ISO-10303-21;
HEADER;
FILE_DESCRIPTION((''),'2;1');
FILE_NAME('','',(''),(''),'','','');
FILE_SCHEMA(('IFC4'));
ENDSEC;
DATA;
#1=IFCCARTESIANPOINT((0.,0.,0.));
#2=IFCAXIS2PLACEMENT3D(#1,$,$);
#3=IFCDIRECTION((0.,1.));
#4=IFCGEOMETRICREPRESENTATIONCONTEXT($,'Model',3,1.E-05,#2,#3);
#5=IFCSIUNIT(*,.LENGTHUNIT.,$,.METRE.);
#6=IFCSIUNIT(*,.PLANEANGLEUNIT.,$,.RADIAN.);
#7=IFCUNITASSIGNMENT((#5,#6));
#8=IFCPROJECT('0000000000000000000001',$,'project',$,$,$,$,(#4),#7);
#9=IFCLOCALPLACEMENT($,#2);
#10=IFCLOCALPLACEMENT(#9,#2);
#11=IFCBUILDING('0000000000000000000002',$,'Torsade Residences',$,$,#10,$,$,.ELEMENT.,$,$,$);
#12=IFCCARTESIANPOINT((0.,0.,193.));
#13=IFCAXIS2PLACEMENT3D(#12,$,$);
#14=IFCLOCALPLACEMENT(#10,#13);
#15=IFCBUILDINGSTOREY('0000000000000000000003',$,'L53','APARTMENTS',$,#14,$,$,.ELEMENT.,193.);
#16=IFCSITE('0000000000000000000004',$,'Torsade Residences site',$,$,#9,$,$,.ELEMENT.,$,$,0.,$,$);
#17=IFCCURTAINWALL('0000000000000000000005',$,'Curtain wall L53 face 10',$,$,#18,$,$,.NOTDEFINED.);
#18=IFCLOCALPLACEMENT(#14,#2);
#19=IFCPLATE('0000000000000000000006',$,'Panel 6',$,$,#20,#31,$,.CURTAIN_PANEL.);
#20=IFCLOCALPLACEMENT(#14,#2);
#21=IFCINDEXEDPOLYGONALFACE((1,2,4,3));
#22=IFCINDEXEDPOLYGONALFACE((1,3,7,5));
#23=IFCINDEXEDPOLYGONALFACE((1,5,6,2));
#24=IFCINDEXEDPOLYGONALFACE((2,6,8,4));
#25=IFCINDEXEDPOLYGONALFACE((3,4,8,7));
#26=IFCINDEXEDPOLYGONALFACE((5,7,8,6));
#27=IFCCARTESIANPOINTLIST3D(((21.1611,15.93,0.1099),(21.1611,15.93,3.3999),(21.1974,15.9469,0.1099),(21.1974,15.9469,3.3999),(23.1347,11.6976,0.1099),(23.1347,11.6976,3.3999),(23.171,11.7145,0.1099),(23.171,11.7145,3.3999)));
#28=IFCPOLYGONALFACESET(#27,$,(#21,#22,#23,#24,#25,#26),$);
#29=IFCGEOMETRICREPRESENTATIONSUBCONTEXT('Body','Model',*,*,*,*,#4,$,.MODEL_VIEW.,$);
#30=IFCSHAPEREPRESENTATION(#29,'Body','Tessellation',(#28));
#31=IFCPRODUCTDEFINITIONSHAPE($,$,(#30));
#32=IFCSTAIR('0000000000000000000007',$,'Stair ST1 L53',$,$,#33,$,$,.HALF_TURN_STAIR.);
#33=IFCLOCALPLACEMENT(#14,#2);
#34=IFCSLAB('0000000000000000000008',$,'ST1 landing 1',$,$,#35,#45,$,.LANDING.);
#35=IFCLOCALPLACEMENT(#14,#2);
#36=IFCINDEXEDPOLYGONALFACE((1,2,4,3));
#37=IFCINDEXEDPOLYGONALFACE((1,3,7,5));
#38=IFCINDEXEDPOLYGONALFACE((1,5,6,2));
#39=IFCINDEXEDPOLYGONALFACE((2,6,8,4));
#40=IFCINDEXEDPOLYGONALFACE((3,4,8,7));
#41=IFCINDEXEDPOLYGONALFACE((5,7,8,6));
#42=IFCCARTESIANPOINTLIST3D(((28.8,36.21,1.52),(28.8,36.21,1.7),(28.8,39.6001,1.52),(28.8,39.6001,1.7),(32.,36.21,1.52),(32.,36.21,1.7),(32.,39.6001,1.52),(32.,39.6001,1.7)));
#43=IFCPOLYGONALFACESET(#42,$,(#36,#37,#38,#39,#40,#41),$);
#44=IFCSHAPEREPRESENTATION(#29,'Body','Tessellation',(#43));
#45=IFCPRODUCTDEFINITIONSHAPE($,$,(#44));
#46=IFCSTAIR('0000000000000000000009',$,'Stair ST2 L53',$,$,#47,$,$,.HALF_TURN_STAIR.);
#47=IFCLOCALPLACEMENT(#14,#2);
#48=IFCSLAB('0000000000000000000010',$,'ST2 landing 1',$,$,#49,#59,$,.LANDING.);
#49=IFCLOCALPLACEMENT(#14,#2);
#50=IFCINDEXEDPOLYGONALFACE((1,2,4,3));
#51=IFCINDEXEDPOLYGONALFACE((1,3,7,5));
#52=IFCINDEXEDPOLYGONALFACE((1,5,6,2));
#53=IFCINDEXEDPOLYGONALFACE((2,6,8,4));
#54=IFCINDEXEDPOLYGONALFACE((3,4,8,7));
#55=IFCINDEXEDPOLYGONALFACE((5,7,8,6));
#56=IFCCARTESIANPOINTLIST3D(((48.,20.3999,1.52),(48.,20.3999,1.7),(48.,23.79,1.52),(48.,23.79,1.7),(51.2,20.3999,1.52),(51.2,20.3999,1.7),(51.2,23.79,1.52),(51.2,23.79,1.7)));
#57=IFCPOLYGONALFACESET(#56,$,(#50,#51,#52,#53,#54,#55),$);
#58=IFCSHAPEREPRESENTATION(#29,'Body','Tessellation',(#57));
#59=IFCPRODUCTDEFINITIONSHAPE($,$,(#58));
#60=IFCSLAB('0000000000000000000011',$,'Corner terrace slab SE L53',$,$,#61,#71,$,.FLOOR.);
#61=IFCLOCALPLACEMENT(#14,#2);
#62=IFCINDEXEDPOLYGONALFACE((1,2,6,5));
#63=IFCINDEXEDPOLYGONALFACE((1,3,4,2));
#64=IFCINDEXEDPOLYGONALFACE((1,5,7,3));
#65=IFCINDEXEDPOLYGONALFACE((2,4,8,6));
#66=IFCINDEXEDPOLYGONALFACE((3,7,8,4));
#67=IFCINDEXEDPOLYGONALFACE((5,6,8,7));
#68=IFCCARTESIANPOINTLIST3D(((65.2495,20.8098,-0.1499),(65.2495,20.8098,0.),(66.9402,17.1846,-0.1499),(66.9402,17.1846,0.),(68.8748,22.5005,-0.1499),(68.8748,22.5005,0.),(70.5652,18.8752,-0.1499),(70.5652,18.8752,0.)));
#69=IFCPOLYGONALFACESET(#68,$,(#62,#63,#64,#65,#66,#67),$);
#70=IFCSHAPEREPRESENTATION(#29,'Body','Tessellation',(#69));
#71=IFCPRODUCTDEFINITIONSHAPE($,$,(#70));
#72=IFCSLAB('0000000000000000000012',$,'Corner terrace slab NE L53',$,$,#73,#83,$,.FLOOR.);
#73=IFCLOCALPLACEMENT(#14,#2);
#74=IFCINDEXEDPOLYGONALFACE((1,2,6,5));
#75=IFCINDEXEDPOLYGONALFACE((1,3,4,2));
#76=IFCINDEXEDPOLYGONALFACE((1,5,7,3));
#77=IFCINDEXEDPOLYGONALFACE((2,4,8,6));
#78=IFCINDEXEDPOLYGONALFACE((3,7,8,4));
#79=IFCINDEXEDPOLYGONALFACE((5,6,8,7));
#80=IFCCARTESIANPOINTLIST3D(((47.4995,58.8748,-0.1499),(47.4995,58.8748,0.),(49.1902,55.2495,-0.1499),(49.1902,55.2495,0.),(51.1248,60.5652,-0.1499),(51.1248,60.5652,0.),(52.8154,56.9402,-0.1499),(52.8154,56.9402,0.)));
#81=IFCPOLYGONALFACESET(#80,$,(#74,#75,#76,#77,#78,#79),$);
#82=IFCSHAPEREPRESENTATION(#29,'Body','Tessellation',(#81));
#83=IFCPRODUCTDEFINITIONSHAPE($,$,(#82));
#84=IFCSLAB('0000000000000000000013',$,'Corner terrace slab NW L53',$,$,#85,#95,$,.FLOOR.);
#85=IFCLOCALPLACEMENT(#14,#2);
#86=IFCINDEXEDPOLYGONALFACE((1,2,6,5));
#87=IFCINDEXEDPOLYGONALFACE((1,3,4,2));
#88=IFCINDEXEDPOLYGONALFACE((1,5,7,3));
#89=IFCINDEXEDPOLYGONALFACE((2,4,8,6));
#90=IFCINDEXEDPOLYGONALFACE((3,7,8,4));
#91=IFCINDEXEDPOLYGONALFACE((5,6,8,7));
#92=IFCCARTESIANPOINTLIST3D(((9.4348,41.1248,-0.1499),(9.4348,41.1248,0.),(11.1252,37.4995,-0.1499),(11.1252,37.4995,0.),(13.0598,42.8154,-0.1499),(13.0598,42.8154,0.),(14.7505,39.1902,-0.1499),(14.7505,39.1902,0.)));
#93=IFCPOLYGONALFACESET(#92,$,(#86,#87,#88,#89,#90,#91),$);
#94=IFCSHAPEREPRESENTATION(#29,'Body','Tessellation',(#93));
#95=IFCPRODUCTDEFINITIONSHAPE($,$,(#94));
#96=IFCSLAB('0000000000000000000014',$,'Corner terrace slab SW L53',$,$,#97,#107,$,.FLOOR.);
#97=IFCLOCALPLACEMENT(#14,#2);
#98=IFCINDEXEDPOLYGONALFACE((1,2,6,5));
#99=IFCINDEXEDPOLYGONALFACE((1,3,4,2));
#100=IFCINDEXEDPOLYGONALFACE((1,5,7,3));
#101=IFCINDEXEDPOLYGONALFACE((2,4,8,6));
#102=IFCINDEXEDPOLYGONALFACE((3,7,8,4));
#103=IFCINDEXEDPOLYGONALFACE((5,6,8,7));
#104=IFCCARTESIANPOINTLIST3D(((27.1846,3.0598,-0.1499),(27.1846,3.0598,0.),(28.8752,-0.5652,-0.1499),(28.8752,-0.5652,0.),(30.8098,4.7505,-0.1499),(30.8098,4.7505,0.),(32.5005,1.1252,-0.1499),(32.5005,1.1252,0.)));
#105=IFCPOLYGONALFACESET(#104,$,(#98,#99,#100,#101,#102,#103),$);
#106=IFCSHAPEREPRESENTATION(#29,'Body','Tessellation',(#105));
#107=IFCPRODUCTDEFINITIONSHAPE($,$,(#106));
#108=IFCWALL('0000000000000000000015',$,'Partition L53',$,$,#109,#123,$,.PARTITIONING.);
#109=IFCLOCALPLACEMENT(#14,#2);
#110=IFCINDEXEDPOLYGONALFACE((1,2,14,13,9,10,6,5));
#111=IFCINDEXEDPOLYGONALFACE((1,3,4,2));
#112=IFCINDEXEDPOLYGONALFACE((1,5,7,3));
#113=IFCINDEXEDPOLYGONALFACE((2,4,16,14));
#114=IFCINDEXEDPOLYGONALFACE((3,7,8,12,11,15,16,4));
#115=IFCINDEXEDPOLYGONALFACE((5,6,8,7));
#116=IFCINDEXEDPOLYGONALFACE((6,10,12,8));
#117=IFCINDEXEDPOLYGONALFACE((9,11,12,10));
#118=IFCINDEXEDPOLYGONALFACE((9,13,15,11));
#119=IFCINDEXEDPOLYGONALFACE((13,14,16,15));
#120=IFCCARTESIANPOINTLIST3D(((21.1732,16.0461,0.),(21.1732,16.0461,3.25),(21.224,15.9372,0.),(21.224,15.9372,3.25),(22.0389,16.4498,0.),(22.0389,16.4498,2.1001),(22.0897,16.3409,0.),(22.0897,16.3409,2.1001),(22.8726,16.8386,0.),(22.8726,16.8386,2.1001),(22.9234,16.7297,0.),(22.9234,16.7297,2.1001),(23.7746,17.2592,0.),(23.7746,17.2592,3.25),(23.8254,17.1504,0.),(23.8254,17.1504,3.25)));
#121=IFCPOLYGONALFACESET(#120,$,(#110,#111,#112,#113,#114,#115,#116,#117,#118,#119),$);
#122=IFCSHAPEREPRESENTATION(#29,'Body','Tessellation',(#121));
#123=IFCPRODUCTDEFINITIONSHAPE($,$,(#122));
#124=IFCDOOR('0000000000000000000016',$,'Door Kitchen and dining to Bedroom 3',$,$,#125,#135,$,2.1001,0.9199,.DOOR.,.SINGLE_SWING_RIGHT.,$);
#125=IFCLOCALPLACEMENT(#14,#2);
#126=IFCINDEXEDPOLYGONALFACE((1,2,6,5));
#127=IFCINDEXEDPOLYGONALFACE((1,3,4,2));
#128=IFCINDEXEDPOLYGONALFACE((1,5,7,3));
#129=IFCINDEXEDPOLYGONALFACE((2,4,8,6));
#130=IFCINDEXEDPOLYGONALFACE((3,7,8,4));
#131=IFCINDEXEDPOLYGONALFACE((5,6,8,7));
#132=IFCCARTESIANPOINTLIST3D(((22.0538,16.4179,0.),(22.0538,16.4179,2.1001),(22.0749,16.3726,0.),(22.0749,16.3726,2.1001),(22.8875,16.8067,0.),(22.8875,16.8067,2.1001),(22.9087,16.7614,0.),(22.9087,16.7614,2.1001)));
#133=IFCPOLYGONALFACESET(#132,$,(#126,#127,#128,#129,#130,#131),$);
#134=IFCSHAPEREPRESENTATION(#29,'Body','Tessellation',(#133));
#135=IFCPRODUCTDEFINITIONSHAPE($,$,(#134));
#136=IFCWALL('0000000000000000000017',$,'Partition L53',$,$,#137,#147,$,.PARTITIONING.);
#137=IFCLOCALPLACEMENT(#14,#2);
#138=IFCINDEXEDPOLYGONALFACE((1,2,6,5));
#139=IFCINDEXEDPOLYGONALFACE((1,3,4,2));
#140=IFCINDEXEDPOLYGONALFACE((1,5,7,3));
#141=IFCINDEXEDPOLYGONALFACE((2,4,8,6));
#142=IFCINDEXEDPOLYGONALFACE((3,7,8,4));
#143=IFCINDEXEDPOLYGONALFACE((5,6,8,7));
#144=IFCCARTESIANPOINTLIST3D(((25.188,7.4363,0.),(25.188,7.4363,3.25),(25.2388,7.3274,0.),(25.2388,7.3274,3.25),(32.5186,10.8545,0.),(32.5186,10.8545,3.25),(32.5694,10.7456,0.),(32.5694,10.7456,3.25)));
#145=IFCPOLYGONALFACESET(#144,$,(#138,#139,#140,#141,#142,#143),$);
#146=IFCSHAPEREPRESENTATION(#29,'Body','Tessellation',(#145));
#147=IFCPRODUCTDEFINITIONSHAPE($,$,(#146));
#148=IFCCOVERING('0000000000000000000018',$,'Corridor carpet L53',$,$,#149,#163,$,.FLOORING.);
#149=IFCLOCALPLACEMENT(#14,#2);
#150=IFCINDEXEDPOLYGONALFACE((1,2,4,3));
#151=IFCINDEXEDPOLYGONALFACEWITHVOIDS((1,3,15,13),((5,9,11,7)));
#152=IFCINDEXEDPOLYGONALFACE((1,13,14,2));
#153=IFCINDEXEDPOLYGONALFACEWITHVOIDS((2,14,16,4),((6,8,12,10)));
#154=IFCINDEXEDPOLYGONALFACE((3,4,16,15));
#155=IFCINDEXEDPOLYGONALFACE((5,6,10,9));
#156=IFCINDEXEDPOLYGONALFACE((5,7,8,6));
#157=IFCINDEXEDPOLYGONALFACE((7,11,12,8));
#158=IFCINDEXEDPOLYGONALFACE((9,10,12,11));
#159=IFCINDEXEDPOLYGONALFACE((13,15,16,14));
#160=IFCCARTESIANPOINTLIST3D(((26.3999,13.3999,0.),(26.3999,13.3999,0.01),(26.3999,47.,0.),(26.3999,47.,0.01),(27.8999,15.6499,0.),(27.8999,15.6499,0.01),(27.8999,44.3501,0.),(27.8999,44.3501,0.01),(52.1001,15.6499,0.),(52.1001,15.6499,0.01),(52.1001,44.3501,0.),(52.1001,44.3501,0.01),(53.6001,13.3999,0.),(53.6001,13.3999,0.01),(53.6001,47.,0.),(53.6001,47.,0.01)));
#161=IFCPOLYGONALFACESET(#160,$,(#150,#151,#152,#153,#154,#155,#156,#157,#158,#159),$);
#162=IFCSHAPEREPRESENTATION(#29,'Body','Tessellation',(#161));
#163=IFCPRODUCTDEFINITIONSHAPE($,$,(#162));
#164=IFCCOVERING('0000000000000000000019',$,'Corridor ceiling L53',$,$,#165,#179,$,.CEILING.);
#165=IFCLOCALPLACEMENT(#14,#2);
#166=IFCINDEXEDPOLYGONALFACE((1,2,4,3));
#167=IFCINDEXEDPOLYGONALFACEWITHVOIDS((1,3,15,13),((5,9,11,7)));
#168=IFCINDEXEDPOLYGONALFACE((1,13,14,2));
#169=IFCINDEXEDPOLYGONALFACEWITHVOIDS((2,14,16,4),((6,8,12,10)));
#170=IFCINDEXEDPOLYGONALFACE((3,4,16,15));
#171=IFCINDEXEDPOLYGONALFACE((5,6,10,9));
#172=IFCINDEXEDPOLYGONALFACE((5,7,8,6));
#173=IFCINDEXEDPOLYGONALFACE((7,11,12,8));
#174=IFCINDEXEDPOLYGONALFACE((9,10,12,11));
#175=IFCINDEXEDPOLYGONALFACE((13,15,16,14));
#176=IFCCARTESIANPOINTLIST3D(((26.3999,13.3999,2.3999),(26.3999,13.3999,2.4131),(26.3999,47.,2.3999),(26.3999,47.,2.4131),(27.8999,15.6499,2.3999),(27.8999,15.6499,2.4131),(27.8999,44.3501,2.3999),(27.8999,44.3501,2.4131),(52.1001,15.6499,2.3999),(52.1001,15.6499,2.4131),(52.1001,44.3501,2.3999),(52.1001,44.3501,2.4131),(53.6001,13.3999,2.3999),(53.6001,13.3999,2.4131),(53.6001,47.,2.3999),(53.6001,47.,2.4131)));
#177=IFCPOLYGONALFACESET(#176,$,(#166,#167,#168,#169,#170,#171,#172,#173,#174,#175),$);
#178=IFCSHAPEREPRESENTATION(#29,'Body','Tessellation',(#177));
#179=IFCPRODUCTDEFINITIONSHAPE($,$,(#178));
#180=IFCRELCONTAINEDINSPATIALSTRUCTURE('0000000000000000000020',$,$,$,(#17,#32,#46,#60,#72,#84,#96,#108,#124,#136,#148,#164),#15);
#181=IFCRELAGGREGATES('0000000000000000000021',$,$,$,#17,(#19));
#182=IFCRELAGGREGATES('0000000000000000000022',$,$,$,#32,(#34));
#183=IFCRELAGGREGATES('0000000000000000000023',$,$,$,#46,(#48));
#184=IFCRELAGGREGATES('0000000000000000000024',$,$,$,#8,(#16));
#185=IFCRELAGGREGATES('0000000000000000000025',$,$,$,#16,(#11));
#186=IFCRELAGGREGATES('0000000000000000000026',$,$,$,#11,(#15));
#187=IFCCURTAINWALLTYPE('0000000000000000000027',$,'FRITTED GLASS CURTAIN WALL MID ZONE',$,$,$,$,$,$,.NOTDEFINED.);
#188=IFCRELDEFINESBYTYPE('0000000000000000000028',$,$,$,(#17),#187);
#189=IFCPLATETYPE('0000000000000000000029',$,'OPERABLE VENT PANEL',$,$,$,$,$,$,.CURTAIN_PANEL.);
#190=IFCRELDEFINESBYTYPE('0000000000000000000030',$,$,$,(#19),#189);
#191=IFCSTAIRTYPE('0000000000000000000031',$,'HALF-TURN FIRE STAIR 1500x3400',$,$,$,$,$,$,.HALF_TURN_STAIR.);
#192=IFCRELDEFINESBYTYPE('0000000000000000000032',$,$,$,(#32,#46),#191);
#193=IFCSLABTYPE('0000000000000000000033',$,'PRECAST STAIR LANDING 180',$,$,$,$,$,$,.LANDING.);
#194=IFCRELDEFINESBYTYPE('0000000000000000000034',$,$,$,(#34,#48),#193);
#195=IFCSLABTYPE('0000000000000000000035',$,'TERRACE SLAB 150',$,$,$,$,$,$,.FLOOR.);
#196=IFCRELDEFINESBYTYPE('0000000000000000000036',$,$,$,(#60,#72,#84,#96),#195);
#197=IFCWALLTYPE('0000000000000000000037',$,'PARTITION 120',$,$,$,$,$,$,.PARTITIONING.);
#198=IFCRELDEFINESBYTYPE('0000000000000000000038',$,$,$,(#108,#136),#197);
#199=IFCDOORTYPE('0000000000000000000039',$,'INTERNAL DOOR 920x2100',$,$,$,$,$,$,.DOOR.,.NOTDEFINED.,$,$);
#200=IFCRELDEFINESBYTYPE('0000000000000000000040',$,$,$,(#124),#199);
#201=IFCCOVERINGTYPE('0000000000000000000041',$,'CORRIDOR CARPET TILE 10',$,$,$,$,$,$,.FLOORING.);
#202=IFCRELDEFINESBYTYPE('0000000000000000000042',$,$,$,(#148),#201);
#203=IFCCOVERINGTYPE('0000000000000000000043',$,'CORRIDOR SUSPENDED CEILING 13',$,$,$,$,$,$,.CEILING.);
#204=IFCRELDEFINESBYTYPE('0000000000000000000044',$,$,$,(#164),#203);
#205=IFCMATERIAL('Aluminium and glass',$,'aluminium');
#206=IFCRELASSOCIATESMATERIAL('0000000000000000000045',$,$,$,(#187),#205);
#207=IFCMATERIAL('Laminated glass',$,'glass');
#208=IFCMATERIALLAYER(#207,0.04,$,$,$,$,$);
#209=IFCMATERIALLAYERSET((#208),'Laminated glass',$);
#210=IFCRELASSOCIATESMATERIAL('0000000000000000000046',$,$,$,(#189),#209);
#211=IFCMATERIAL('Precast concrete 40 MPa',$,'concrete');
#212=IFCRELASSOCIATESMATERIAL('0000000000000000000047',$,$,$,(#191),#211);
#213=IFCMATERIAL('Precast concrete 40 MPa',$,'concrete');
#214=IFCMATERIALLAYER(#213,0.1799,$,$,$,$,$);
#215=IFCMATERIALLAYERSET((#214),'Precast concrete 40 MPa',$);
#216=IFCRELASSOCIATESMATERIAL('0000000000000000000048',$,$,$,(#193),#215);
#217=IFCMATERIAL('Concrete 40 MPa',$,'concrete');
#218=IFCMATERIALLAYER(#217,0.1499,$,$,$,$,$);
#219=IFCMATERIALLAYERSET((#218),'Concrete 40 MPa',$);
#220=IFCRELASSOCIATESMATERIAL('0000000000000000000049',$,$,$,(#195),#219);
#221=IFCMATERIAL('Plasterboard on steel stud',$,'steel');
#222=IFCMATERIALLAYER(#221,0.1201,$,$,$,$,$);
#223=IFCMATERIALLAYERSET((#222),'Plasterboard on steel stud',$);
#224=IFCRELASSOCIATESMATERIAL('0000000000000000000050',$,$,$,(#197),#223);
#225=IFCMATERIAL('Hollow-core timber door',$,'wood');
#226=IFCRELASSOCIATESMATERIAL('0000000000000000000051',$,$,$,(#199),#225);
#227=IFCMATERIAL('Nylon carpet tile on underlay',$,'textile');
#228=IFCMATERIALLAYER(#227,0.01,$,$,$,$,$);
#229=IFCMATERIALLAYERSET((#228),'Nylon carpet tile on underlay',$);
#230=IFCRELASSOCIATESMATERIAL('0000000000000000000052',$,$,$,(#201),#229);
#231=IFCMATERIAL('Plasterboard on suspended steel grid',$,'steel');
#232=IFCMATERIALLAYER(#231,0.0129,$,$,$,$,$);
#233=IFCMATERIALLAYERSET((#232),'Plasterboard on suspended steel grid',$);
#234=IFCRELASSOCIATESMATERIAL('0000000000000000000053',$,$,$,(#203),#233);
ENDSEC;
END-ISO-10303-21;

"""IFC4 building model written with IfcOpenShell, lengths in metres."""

from ifc_helpers import new_model, si_unit, direction, frame, frame_2d, origin, origin_2d, place, context, subcontext, project, spatial, polyline, rectangle, outline, extrude, material, layer, layer_set, type_object, element, fill, aggregate, save


model = new_model("IFC4")

# Units and contexts
model_context = context("Model", 3, precision=1e-05, world=origin(), true_north=direction((0.0, 1.0)))
body_context = subcontext(model_context, "Body", "Model", "MODEL_VIEW")
ifc_project = project(units=[si_unit("LENGTHUNIT", "METRE"), si_unit("PLANEANGLEUNIT", "RADIAN")], contexts=[model_context])

# Site, building, storey
site_placement = place(None, origin())
site = spatial("IfcSite", under=ifc_project, at=site_placement, Name="Torsade Residences site", CompositionType="ELEMENT", RefElevation=0.0)
building_placement = place(site_placement, origin())
building = spatial("IfcBuilding", under=site, at=building_placement, Name="Torsade Residences", CompositionType="ELEMENT")
storey_placement = place(building_placement, frame((0.0, 0.0, 193.0)))
storey = spatial("IfcBuildingStorey", under=building, at=storey_placement, Name="L53", Description="APARTMENTS", CompositionType="ELEMENT", Elevation=193.0)

# Curtain wall
ifc_material_1 = material(Name="Aluminium and glass", Category="aluminium")
curtain_wall_type = type_object("IfcCurtainWallType", Name="FRITTED GLASS CURTAIN WALL MID ZONE", PredefinedType="NOTDEFINED", material=ifc_material_1)
curtain_wall_placement = place(storey_placement, origin())
curtain_wall = element("IfcCurtainWall", 1, at=curtain_wall_placement, inside=storey, type_object=curtain_wall_type, Name="Curtain wall L53 face 10", PredefinedType="NOTDEFINED")

# Plate
ifc_material_2 = material(Name="Laminated glass", Category="glass")
ifc_layer_1 = layer(ifc_material_2, 0.04)
ifc_layer_set_1 = layer_set([ifc_layer_1], Name="Laminated glass")
plate_type_1 = type_object("IfcPlateType", Name="OPERABLE VENT PANEL", PredefinedType="CURTAIN_PANEL", material=ifc_layer_set_1)
plate_1_placement = place(storey_placement, frame((22.166, 13.8223, 0.1099), z_axis=(0.0, 0.0, 1.0), x_axis=(0.422618, -0.906308, 0.0)))
plate_1 = element("IfcPlate", 2, at=plate_1_placement, type_object=plate_type_1, Name="Panel 6", PredefinedType="CURTAIN_PANEL", context=body_context, shape_type="SweptSolid", body=[
    extrude(rectangle(XDim=4.6699, YDim=0.04, at=origin_2d()), origin(), (0.0, 0.0, 1.0), 3.29),
])
aggregate(curtain_wall, [plate_1])

# Stairs, slabs
ifc_material_3 = material(Name="Precast concrete 40 MPa", Category="concrete")
stair_type = type_object("IfcStairType", Name="HALF-TURN FIRE STAIR 1500x3400", PredefinedType="HALF_TURN_STAIR", material=ifc_material_3)
stair_1_placement = place(storey_placement, origin())
stair_1 = element("IfcStair", 3, at=stair_1_placement, inside=storey, type_object=stair_type, Name="Stair ST1 L53", PredefinedType="HALF_TURN_STAIR")
ifc_material_4 = material(Name="Precast concrete 40 MPa", Category="concrete")
ifc_layer_2 = layer(ifc_material_4, 0.1799)
ifc_layer_set_2 = layer_set([ifc_layer_2], Name="Precast concrete 40 MPa")
slab_type_1 = type_object("IfcSlabType", Name="PRECAST STAIR LANDING 180", PredefinedType="LANDING", material=ifc_layer_set_2)
slab_1_placement = place(storey_placement, frame((0.0, 0.0, 1.52)))
slab_1 = element("IfcSlab", 4, at=slab_1_placement, type_object=slab_type_1, Name="ST1 landing 1", PredefinedType="LANDING", context=body_context, shape_type="SweptSolid", body=[
    extrude(outline(polyline([(28.8, 36.21), (32.0, 36.21), (32.0, 39.6001), (28.8, 39.6001), (28.8, 36.21)])), origin(), (0.0, 0.0, 1.0), 0.1799),
])
aggregate(stair_1, [slab_1])
stair_2_placement = place(storey_placement, origin())
stair_2 = element("IfcStair", 5, at=stair_2_placement, inside=storey, type_object=stair_type, Name="Stair ST2 L53", PredefinedType="HALF_TURN_STAIR")
slab_2_placement = place(storey_placement, frame((0.0, 0.0, 1.52)))
slab_2 = element("IfcSlab", 6, at=slab_2_placement, type_object=slab_type_1, Name="ST2 landing 1", PredefinedType="LANDING", context=body_context, shape_type="SweptSolid", body=[
    extrude(outline(polyline([(48.0, 20.3999), (51.2, 20.3999), (51.2, 23.79), (48.0, 23.79), (48.0, 20.3999)])), origin(), (0.0, 0.0, 1.0), 0.1799),
])
aggregate(stair_2, [slab_2])

# Slabs
ifc_material_5 = material(Name="Concrete 40 MPa", Category="concrete")
ifc_layer_3 = layer(ifc_material_5, 0.1499)
ifc_layer_set_3 = layer_set([ifc_layer_3], Name="Concrete 40 MPa")
slab_type_2 = type_object("IfcSlabType", Name="TERRACE SLAB 150", PredefinedType="FLOOR", material=ifc_layer_set_3)
slab_3_placement = place(storey_placement, frame((0.0, 0.0, -0.1499)))
element("IfcSlab", 7, at=slab_3_placement, inside=storey, type_object=slab_type_2, Name="Corner terrace slab SE L53", PredefinedType="FLOOR", context=body_context, shape_type="SweptSolid", body=[
    extrude(outline(polyline([(66.9402, 17.1846), (70.5652, 18.8752), (68.8748, 22.5005), (65.2495, 20.8098), (66.9402, 17.1846)])), origin(), (0.0, 0.0, 1.0), 0.1499),
])
slab_4_placement = place(storey_placement, frame((0.0, 0.0, -0.1499)))
element("IfcSlab", 8, at=slab_4_placement, inside=storey, type_object=slab_type_2, Name="Corner terrace slab NE L53", PredefinedType="FLOOR", context=body_context, shape_type="SweptSolid", body=[
    extrude(outline(polyline([(49.1902, 55.2495), (52.8154, 56.9402), (51.1248, 60.5652), (47.4995, 58.8748), (49.1902, 55.2495)])), origin(), (0.0, 0.0, 1.0), 0.1499),
])
slab_5_placement = place(storey_placement, frame((0.0, 0.0, -0.1499)))
element("IfcSlab", 9, at=slab_5_placement, inside=storey, type_object=slab_type_2, Name="Corner terrace slab NW L53", PredefinedType="FLOOR", context=body_context, shape_type="SweptSolid", body=[
    extrude(outline(polyline([(11.1252, 37.4995), (14.7505, 39.1902), (13.0598, 42.8154), (9.4348, 41.1248), (11.1252, 37.4995)])), origin(), (0.0, 0.0, 1.0), 0.1499),
])
slab_6_placement = place(storey_placement, frame((0.0, 0.0, -0.1499)))
element("IfcSlab", 10, at=slab_6_placement, inside=storey, type_object=slab_type_2, Name="Corner terrace slab SW L53", PredefinedType="FLOOR", context=body_context, shape_type="SweptSolid", body=[
    extrude(outline(polyline([(28.8752, -0.5652), (32.5005, 1.1252), (30.8098, 4.7505), (27.1846, 3.0598), (28.8752, -0.5652)])), origin(), (0.0, 0.0, 1.0), 0.1499),
])

# Wall, opening, door
ifc_material_6 = material(Name="Plasterboard on steel stud", Category="steel")
ifc_layer_4 = layer(ifc_material_6, 0.1201)
ifc_layer_set_4 = layer_set([ifc_layer_4], Name="Plasterboard on steel stud")
wall_type = type_object("IfcWallType", Name="PARTITION 120", PredefinedType="PARTITIONING", material=ifc_layer_set_4)
wall_1_placement = place(storey_placement, frame((21.1987, 15.9917, 0.0), z_axis=(0.0, 0.0, 1.0), x_axis=(0.906292, 0.422653, 0.0)))
wall_1 = element("IfcWall", 11, at=wall_1_placement, inside=storey, type_object=wall_type, Name="Partition L53", PredefinedType="PARTITIONING", context=body_context, shape_type="SweptSolid", body=[
    extrude(rectangle(XDim=2.8704, YDim=0.1201, at=frame_2d((1.4351, 0.0))), origin(), (0.0, 0.0, 1.0), 3.25),
])
opening_placement = place(wall_1_placement, frame((0.9551, 0.0, 0.0)))
opening = element("IfcOpeningElement", 12, at=opening_placement, cuts=wall_1, PredefinedType="OPENING", context=body_context, shape_type="SweptSolid", body=[
    extrude(rectangle(XDim=0.9199, YDim=2.1001, at=frame_2d((0.46, 1.05))), frame((0.0, 0.0701, 0.0), z_axis=(0.0, -1.0, 0.0), x_axis=(1.0, 0.0, 0.0)), (0.0, 0.0, 1.0), 0.1401),
])
ifc_material_7 = material(Name="Hollow-core timber door", Category="wood")
door_type = type_object("IfcDoorType", Name="INTERNAL DOOR 920x2100", OperationType="NOTDEFINED", PredefinedType="DOOR", material=ifc_material_7)
door_placement = place(opening_placement, origin())
door = element("IfcDoor", 13, at=door_placement, inside=storey, type_object=door_type, Name="Door Kitchen and dining to Bedroom 3", OperationType="SINGLE_SWING_RIGHT", OverallHeight=2.1001, OverallWidth=0.9199, PredefinedType="DOOR", context=body_context, shape_type="SweptSolid", body=[
    extrude(rectangle(XDim=0.9199, YDim=2.1001, at=frame_2d((0.46, 1.05))), frame((0.0, 0.0249, 0.0), z_axis=(0.0, -1.0, 0.0), x_axis=(1.0, 0.0, 0.0)), (0.0, 0.0, 1.0), 0.05),
])
fill(opening, door)

# Wall
wall_2_placement = place(storey_placement, frame((25.2134, 7.3818, 0.0), z_axis=(0.0, 0.0, 1.0), x_axis=(0.906312, 0.422609, 0.0)))
element("IfcWall", 14, at=wall_2_placement, inside=storey, type_object=wall_type, Name="Partition L53", PredefinedType="PARTITIONING", context=body_context, shape_type="SweptSolid", body=[
    extrude(rectangle(XDim=8.0884, YDim=0.1201, at=frame_2d((4.0442, 0.0))), origin(), (0.0, 0.0, 1.0), 3.25),
])

# Coverings
ifc_material_8 = material(Name="Nylon carpet tile on underlay", Category="textile")
ifc_layer_5 = layer(ifc_material_8, 0.01)
ifc_layer_set_5 = layer_set([ifc_layer_5], Name="Nylon carpet tile on underlay")
covering_type_1 = type_object("IfcCoveringType", Name="CORRIDOR CARPET TILE 10", PredefinedType="FLOORING", material=ifc_layer_set_5)
covering_1_placement = place(storey_placement, origin())
element("IfcCovering", 15, at=covering_1_placement, inside=storey, type_object=covering_type_1, Name="Corridor carpet L53", PredefinedType="FLOORING", context=body_context, shape_type="SweptSolid", body=[
    extrude(outline(polyline([(26.3999, 47.0), (26.3999, 13.3999), (53.6001, 13.3999), (53.6001, 47.0), (26.3999, 47.0)]), holes=[polyline([(52.1001, 44.3501), (27.8999, 44.3501), (27.8999, 15.6499), (52.1001, 15.6499), (52.1001, 44.3501)])]), origin(), (0.0, 0.0, 1.0), 0.01),
])
ifc_material_9 = material(Name="Plasterboard on suspended steel grid", Category="steel")
ifc_layer_6 = layer(ifc_material_9, 0.0129)
ifc_layer_set_6 = layer_set([ifc_layer_6], Name="Plasterboard on suspended steel grid")
covering_type_2 = type_object("IfcCoveringType", Name="CORRIDOR SUSPENDED CEILING 13", PredefinedType="CEILING", material=ifc_layer_set_6)
covering_2_placement = place(storey_placement, frame((0.0, 0.0, 2.3999)))
element("IfcCovering", 16, at=covering_2_placement, inside=storey, type_object=covering_type_2, Name="Corridor ceiling L53", PredefinedType="CEILING", context=body_context, shape_type="SweptSolid", body=[
    extrude(outline(polyline([(26.3999, 47.0), (26.3999, 13.3999), (53.6001, 13.3999), (53.6001, 47.0), (26.3999, 47.0)]), holes=[polyline([(52.1001, 44.3501), (27.8999, 44.3501), (27.8999, 15.6499), (52.1001, 15.6499), (52.1001, 44.3501)])]), origin(), (0.0, 0.0, 1.0), 0.0132),
])

save(model, "model.ifc")
